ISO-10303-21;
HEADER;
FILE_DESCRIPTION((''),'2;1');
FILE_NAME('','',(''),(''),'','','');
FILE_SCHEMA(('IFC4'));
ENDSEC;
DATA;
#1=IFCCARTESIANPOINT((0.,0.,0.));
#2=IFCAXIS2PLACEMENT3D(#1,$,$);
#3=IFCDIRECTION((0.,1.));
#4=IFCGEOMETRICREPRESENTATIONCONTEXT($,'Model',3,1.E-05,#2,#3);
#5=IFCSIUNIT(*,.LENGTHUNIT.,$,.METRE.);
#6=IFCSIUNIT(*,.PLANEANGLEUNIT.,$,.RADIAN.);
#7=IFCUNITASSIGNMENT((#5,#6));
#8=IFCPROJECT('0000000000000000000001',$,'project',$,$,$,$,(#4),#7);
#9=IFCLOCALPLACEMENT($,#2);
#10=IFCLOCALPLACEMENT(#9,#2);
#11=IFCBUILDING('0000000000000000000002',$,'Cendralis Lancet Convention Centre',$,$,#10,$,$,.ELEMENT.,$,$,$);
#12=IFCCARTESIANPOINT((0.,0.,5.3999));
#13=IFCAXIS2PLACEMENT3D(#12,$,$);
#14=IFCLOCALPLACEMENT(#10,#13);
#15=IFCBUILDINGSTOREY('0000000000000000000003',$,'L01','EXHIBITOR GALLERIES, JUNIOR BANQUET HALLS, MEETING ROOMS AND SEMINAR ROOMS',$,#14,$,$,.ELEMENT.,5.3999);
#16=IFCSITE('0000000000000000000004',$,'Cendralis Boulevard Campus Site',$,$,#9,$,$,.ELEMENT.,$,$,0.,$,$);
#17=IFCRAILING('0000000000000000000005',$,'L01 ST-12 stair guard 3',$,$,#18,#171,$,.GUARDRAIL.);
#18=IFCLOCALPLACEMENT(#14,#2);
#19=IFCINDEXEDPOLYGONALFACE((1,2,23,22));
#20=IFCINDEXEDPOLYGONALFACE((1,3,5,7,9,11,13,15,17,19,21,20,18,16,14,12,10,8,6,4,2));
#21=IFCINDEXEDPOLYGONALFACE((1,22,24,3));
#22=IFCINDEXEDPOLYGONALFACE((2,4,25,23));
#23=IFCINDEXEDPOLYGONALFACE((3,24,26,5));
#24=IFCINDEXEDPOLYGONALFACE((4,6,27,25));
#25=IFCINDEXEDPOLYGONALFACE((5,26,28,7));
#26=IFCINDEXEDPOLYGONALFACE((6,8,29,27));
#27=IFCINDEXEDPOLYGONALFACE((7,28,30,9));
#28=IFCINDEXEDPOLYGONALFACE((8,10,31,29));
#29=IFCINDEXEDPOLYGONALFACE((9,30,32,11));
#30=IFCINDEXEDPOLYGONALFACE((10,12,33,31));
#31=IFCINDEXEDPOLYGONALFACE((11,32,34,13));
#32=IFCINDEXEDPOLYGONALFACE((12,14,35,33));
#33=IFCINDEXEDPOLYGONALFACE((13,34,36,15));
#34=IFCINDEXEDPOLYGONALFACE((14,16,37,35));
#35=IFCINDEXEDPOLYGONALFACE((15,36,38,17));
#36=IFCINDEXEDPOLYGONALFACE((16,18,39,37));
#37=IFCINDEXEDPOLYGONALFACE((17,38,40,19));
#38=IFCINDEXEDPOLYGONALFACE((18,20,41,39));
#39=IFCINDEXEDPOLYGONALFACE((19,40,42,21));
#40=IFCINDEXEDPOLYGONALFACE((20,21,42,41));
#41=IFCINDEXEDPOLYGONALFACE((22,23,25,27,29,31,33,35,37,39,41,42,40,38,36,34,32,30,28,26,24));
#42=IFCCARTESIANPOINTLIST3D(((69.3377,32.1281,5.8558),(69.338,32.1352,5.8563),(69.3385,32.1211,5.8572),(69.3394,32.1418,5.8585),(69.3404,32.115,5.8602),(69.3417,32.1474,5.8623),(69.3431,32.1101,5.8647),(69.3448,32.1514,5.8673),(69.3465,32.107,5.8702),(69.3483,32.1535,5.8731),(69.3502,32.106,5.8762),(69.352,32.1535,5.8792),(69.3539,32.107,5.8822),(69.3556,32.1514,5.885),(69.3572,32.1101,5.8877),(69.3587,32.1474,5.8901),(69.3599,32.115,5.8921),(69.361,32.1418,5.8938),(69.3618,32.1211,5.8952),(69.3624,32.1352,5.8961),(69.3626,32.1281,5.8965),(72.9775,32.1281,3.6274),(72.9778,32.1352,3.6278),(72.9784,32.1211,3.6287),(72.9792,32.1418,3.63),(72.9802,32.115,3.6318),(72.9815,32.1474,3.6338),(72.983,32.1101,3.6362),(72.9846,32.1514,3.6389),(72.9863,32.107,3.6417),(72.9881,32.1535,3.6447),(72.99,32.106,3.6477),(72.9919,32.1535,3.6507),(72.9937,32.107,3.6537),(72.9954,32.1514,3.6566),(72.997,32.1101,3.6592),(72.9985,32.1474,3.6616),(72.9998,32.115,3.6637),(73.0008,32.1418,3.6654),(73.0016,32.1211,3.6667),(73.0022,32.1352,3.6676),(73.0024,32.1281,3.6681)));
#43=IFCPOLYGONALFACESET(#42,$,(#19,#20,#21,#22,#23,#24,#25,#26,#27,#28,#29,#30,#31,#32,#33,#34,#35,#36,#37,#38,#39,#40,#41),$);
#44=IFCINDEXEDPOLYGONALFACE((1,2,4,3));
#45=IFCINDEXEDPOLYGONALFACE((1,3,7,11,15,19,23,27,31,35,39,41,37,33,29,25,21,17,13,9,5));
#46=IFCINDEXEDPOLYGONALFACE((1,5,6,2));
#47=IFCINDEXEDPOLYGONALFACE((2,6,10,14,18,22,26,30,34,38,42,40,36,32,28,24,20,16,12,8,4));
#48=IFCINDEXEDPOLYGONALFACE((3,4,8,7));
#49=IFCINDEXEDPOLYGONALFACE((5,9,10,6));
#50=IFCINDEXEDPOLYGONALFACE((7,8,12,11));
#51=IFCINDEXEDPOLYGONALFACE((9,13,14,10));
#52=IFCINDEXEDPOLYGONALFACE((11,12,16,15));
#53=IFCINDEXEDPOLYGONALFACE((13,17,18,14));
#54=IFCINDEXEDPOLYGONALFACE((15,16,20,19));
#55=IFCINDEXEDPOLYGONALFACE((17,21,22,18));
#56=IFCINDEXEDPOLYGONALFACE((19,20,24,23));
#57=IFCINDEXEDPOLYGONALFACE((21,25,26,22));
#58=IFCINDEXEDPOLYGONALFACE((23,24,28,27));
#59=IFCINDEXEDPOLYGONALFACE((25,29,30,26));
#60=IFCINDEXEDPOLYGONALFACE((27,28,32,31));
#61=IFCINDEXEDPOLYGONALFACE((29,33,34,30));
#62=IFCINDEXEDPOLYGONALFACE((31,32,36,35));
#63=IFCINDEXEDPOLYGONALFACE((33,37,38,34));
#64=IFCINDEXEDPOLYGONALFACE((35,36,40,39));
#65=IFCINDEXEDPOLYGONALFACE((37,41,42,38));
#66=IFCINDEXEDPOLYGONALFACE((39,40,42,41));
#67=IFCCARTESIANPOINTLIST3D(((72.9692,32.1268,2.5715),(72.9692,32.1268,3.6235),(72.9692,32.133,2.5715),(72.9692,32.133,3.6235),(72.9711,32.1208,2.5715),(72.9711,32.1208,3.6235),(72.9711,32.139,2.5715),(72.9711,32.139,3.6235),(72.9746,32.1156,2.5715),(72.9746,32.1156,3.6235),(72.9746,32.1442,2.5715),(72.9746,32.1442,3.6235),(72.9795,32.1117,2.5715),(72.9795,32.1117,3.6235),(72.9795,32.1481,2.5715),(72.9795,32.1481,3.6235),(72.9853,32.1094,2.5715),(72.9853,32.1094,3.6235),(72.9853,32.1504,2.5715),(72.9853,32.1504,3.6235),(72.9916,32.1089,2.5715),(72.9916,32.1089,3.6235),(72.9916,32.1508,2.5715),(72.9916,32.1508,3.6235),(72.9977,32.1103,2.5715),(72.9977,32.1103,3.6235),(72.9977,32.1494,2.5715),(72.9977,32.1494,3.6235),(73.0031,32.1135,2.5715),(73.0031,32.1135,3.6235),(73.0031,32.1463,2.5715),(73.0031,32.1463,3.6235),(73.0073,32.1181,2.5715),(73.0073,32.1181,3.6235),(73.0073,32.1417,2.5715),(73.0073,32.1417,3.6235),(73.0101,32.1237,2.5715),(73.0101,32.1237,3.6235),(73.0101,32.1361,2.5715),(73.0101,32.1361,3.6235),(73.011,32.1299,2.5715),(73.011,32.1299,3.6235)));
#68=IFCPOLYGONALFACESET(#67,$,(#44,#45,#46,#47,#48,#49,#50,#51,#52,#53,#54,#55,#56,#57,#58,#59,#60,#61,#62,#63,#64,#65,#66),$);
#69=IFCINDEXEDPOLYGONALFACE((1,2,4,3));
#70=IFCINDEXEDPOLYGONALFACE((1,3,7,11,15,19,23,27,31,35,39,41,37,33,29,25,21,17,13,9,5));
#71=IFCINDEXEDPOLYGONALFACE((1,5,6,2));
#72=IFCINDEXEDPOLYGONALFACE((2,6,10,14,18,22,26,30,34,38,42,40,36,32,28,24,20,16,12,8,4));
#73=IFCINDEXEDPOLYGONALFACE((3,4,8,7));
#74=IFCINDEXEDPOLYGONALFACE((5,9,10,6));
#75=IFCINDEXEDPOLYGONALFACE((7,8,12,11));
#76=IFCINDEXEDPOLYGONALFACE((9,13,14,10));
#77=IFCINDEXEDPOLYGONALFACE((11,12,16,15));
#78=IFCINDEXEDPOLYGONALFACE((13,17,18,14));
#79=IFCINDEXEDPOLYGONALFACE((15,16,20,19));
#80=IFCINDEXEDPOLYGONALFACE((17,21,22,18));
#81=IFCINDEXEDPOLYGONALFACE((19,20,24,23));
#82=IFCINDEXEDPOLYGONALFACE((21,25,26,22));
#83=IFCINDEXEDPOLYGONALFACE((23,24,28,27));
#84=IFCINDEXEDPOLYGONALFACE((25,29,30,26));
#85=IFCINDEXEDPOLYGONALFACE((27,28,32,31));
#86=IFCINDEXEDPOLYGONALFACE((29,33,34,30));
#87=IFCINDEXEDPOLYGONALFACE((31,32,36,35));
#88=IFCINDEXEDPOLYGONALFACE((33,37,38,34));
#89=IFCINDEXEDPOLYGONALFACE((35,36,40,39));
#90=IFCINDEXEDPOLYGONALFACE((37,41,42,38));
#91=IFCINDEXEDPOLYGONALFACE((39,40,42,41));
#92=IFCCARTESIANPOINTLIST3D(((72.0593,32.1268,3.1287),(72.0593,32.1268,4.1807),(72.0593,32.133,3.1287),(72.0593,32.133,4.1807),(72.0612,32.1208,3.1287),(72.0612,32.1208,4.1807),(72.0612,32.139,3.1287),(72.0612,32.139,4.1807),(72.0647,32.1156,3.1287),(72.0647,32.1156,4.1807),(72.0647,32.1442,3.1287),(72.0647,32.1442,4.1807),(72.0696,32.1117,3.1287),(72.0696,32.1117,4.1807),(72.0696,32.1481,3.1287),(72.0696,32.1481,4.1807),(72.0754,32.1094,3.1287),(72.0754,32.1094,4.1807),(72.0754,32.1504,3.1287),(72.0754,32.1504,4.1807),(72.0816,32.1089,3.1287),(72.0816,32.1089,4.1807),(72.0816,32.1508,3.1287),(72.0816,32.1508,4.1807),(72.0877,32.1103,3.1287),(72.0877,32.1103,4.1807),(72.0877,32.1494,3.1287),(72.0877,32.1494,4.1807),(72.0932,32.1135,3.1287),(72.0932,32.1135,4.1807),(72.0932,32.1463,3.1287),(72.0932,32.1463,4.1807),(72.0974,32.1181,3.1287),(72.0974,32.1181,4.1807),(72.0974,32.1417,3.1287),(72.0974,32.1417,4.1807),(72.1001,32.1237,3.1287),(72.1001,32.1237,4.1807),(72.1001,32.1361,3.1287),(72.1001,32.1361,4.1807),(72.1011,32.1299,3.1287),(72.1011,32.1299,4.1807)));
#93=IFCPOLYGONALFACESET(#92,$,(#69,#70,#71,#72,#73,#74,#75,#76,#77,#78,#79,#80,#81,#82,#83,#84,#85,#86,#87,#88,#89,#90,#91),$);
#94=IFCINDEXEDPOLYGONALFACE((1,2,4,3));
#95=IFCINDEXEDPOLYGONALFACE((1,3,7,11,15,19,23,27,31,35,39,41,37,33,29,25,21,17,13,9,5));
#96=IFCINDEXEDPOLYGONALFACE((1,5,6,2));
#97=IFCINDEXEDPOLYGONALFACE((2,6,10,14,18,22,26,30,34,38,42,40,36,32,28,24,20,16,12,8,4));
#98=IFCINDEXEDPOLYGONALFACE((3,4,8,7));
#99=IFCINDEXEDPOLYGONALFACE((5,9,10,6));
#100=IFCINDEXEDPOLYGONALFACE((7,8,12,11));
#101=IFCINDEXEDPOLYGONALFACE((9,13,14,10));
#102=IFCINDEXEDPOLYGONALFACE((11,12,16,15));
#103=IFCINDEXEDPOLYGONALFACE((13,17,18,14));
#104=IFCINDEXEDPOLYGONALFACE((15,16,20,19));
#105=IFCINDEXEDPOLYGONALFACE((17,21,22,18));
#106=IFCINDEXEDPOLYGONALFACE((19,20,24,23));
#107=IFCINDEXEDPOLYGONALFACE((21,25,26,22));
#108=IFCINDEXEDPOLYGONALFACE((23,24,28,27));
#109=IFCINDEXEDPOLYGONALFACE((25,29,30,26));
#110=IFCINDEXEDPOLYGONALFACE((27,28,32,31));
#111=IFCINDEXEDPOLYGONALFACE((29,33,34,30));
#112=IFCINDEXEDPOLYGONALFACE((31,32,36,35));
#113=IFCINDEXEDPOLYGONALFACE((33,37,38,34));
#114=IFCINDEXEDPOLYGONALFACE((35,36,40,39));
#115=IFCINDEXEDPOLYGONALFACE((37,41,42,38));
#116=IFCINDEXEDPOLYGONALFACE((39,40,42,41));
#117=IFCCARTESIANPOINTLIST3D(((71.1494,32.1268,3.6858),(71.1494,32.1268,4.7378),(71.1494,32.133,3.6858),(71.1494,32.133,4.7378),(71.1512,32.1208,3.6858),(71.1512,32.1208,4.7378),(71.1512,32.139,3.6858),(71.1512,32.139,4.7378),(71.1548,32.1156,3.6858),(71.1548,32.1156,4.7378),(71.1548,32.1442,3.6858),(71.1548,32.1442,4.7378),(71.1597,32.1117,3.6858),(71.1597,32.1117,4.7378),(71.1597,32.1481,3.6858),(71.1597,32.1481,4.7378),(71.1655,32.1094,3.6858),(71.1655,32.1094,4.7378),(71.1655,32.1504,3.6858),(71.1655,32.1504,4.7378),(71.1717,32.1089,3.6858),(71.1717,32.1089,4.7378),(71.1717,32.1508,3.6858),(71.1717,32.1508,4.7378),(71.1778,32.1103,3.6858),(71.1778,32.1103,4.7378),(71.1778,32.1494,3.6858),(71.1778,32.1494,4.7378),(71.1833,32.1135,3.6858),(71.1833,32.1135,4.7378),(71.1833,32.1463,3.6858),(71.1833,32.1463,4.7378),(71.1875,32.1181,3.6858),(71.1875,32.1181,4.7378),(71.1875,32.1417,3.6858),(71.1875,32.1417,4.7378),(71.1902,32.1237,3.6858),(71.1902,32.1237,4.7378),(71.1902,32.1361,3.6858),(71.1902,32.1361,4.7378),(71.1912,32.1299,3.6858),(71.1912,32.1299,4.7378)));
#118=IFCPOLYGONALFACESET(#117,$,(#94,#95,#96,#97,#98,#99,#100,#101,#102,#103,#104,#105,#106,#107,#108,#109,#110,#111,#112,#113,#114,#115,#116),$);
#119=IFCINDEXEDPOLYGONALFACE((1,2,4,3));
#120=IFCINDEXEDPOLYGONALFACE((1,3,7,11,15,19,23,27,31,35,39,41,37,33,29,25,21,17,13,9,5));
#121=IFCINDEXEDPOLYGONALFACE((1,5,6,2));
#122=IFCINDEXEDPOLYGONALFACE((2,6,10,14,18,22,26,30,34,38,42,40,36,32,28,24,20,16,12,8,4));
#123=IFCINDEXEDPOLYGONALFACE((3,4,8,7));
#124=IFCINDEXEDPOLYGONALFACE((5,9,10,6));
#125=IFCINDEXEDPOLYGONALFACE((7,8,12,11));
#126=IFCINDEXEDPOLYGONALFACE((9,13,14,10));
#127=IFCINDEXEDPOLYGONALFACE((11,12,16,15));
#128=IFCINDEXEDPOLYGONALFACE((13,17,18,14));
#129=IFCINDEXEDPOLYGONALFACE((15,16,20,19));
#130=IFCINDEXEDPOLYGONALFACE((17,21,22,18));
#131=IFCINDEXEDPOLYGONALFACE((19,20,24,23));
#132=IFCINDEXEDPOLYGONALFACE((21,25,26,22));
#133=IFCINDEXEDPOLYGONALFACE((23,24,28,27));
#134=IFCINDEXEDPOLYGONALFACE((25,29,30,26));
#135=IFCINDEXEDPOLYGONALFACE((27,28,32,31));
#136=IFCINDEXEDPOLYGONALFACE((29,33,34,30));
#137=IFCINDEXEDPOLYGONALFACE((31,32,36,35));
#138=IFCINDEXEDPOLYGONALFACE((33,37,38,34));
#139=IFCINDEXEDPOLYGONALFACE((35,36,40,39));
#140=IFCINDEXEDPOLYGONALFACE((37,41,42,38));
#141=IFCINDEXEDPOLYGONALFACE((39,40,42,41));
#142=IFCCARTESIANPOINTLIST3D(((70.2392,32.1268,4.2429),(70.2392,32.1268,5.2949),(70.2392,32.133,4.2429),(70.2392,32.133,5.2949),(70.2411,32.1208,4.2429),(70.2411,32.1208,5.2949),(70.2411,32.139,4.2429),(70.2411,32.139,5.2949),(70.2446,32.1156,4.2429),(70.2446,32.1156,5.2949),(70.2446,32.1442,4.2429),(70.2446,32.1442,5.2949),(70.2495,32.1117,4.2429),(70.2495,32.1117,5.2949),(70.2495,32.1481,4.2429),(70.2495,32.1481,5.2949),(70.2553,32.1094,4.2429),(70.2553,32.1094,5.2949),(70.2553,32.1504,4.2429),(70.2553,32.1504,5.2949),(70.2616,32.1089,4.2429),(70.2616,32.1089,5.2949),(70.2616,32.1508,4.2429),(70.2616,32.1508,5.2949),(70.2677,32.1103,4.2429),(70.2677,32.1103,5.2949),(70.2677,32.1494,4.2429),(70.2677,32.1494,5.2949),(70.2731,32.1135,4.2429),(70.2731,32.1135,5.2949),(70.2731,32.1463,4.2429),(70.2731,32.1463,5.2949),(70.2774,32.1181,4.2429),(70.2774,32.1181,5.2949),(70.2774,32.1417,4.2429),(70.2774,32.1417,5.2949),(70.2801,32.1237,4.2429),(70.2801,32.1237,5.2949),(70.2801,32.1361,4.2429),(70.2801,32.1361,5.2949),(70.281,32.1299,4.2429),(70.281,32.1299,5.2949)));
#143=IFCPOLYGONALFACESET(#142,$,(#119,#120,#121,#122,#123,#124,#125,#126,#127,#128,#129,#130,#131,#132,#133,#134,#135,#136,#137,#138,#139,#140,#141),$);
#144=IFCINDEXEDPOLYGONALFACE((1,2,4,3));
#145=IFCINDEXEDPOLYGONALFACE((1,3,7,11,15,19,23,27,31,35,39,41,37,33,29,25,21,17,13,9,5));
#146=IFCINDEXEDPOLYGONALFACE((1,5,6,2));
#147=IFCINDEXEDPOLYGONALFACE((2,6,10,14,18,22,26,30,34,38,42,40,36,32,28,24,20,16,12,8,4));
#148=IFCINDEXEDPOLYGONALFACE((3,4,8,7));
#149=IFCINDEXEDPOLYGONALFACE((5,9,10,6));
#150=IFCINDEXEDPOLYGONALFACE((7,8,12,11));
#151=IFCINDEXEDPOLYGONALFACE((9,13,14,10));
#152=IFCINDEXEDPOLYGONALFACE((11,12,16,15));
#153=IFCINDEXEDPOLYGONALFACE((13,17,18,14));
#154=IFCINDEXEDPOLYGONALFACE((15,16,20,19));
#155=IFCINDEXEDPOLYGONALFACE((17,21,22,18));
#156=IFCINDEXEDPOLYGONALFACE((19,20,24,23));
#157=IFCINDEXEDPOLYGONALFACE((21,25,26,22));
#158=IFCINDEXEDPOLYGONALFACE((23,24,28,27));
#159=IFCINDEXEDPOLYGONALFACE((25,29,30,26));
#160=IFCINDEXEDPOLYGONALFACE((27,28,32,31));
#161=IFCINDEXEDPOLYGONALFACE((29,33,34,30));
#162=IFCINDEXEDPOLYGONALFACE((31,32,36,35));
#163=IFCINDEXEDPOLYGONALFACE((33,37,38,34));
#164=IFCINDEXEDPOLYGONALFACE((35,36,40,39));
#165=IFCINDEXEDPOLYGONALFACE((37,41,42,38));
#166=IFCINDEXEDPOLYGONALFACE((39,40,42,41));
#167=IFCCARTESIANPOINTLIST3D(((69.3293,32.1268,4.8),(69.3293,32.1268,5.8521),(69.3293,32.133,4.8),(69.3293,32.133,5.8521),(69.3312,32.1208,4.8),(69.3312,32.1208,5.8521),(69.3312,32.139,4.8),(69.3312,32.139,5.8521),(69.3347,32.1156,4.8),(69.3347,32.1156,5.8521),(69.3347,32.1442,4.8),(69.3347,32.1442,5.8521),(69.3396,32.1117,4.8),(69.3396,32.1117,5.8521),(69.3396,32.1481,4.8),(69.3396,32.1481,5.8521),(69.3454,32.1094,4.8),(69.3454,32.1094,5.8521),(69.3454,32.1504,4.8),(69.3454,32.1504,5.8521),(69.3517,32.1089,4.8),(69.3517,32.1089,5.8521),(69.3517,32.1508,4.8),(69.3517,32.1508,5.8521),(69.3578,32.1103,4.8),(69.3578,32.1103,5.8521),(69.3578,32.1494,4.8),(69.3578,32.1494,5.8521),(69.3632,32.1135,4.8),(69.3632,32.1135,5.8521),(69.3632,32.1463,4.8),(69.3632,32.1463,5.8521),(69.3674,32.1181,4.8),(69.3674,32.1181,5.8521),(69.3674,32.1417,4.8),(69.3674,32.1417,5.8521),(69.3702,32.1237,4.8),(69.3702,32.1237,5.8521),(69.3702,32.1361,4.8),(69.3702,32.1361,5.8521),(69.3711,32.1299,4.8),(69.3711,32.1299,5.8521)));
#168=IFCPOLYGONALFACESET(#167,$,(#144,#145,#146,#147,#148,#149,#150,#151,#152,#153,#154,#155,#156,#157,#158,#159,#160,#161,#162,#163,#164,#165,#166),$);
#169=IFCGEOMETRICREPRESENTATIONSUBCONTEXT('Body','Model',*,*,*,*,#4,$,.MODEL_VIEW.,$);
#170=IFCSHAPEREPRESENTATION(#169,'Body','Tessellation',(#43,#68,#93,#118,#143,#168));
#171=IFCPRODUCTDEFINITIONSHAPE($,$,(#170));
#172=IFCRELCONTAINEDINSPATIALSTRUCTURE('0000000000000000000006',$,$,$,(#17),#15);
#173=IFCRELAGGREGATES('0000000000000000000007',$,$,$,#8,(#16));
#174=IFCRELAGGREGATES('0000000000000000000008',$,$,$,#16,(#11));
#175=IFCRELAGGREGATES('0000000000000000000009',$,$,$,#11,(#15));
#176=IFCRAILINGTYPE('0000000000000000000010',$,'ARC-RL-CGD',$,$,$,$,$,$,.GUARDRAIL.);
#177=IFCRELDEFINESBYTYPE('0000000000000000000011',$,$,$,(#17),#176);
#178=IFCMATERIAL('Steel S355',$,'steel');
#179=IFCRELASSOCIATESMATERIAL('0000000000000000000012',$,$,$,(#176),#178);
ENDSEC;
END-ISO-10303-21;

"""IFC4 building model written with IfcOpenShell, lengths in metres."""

from ifc_helpers import new_model, si_unit, direction, frame, origin, origin_2d, place, context, subcontext, project, spatial, circle, extrude, material, type_object, element, save


model = new_model("IFC4")

# Units and contexts
model_context = context("Model", 3, precision=1e-05, world=origin(), true_north=direction((0.0, 1.0)))
body_context = subcontext(model_context, "Body", "Model", "MODEL_VIEW")
ifc_project = project(units=[si_unit("LENGTHUNIT", "METRE"), si_unit("PLANEANGLEUNIT", "RADIAN")], contexts=[model_context])

# Site, building, storey
site_placement = place(None, origin())
site = spatial("IfcSite", under=ifc_project, at=site_placement, Name="Cendralis Boulevard Campus Site", CompositionType="ELEMENT", RefElevation=0.0)
building_placement = place(site_placement, origin())
building = spatial("IfcBuilding", under=site, at=building_placement, Name="Cendralis Lancet Convention Centre", CompositionType="ELEMENT")
storey_placement = place(building_placement, frame((0.0, 0.0, 5.3999)))
storey = spatial("IfcBuildingStorey", under=building, at=storey_placement, Name="L01", Description="EXHIBITOR GALLERIES, JUNIOR BANQUET HALLS, MEETING ROOMS AND SEMINAR ROOMS", CompositionType="ELEMENT", Elevation=5.3999)

# Shared definitions
ifc_material_1 = material(Name="Steel S355", Category="steel")

# Railing
railing_type_1 = type_object("IfcRailingType", Name="ARC-RL-CGD", PredefinedType="GUARDRAIL", material=ifc_material_1)
railing_1_placement = place(storey_placement, frame((72.99, 32.1299, 2.5715)))
element("IfcRailing", 1, at=railing_1_placement, inside=storey, type_object=railing_type_1, Name="L01 ST-12 stair guard 3", PredefinedType="GUARDRAIL", context=body_context, shape_type="SweptSolid", body=[
    extrude(circle(Radius=0.0239, at=origin_2d()), frame((0.0, 0.0, 1.0762), z_axis=(-0.85285, 0.0, 0.522156), x_axis=(0.0, -1.0, 0.0)), (0.0, 0.0, 1.0), 4.2678),
    extrude(circle(Radius=0.021, at=origin_2d()), origin(), (0.0, 0.0, 1.0), 1.052),
    extrude(circle(Radius=0.021, at=origin_2d()), frame((-0.9099, 0.0, 0.5571)), (0.0, 0.0, 1.0), 1.052),
    extrude(circle(Radius=0.021, at=origin_2d()), frame((-1.8198, 0.0, 1.1143)), (0.0, 0.0, 1.0), 1.052),
    extrude(circle(Radius=0.021, at=origin_2d()), frame((-2.73, 0.0, 1.6714)), (0.0, 0.0, 1.0), 1.052),
    extrude(circle(Radius=0.021, at=origin_2d()), frame((-3.6399, 0.0, 2.2285)), (0.0, 0.0, 1.0), 1.052),
])

save(model, "model.ifc")
